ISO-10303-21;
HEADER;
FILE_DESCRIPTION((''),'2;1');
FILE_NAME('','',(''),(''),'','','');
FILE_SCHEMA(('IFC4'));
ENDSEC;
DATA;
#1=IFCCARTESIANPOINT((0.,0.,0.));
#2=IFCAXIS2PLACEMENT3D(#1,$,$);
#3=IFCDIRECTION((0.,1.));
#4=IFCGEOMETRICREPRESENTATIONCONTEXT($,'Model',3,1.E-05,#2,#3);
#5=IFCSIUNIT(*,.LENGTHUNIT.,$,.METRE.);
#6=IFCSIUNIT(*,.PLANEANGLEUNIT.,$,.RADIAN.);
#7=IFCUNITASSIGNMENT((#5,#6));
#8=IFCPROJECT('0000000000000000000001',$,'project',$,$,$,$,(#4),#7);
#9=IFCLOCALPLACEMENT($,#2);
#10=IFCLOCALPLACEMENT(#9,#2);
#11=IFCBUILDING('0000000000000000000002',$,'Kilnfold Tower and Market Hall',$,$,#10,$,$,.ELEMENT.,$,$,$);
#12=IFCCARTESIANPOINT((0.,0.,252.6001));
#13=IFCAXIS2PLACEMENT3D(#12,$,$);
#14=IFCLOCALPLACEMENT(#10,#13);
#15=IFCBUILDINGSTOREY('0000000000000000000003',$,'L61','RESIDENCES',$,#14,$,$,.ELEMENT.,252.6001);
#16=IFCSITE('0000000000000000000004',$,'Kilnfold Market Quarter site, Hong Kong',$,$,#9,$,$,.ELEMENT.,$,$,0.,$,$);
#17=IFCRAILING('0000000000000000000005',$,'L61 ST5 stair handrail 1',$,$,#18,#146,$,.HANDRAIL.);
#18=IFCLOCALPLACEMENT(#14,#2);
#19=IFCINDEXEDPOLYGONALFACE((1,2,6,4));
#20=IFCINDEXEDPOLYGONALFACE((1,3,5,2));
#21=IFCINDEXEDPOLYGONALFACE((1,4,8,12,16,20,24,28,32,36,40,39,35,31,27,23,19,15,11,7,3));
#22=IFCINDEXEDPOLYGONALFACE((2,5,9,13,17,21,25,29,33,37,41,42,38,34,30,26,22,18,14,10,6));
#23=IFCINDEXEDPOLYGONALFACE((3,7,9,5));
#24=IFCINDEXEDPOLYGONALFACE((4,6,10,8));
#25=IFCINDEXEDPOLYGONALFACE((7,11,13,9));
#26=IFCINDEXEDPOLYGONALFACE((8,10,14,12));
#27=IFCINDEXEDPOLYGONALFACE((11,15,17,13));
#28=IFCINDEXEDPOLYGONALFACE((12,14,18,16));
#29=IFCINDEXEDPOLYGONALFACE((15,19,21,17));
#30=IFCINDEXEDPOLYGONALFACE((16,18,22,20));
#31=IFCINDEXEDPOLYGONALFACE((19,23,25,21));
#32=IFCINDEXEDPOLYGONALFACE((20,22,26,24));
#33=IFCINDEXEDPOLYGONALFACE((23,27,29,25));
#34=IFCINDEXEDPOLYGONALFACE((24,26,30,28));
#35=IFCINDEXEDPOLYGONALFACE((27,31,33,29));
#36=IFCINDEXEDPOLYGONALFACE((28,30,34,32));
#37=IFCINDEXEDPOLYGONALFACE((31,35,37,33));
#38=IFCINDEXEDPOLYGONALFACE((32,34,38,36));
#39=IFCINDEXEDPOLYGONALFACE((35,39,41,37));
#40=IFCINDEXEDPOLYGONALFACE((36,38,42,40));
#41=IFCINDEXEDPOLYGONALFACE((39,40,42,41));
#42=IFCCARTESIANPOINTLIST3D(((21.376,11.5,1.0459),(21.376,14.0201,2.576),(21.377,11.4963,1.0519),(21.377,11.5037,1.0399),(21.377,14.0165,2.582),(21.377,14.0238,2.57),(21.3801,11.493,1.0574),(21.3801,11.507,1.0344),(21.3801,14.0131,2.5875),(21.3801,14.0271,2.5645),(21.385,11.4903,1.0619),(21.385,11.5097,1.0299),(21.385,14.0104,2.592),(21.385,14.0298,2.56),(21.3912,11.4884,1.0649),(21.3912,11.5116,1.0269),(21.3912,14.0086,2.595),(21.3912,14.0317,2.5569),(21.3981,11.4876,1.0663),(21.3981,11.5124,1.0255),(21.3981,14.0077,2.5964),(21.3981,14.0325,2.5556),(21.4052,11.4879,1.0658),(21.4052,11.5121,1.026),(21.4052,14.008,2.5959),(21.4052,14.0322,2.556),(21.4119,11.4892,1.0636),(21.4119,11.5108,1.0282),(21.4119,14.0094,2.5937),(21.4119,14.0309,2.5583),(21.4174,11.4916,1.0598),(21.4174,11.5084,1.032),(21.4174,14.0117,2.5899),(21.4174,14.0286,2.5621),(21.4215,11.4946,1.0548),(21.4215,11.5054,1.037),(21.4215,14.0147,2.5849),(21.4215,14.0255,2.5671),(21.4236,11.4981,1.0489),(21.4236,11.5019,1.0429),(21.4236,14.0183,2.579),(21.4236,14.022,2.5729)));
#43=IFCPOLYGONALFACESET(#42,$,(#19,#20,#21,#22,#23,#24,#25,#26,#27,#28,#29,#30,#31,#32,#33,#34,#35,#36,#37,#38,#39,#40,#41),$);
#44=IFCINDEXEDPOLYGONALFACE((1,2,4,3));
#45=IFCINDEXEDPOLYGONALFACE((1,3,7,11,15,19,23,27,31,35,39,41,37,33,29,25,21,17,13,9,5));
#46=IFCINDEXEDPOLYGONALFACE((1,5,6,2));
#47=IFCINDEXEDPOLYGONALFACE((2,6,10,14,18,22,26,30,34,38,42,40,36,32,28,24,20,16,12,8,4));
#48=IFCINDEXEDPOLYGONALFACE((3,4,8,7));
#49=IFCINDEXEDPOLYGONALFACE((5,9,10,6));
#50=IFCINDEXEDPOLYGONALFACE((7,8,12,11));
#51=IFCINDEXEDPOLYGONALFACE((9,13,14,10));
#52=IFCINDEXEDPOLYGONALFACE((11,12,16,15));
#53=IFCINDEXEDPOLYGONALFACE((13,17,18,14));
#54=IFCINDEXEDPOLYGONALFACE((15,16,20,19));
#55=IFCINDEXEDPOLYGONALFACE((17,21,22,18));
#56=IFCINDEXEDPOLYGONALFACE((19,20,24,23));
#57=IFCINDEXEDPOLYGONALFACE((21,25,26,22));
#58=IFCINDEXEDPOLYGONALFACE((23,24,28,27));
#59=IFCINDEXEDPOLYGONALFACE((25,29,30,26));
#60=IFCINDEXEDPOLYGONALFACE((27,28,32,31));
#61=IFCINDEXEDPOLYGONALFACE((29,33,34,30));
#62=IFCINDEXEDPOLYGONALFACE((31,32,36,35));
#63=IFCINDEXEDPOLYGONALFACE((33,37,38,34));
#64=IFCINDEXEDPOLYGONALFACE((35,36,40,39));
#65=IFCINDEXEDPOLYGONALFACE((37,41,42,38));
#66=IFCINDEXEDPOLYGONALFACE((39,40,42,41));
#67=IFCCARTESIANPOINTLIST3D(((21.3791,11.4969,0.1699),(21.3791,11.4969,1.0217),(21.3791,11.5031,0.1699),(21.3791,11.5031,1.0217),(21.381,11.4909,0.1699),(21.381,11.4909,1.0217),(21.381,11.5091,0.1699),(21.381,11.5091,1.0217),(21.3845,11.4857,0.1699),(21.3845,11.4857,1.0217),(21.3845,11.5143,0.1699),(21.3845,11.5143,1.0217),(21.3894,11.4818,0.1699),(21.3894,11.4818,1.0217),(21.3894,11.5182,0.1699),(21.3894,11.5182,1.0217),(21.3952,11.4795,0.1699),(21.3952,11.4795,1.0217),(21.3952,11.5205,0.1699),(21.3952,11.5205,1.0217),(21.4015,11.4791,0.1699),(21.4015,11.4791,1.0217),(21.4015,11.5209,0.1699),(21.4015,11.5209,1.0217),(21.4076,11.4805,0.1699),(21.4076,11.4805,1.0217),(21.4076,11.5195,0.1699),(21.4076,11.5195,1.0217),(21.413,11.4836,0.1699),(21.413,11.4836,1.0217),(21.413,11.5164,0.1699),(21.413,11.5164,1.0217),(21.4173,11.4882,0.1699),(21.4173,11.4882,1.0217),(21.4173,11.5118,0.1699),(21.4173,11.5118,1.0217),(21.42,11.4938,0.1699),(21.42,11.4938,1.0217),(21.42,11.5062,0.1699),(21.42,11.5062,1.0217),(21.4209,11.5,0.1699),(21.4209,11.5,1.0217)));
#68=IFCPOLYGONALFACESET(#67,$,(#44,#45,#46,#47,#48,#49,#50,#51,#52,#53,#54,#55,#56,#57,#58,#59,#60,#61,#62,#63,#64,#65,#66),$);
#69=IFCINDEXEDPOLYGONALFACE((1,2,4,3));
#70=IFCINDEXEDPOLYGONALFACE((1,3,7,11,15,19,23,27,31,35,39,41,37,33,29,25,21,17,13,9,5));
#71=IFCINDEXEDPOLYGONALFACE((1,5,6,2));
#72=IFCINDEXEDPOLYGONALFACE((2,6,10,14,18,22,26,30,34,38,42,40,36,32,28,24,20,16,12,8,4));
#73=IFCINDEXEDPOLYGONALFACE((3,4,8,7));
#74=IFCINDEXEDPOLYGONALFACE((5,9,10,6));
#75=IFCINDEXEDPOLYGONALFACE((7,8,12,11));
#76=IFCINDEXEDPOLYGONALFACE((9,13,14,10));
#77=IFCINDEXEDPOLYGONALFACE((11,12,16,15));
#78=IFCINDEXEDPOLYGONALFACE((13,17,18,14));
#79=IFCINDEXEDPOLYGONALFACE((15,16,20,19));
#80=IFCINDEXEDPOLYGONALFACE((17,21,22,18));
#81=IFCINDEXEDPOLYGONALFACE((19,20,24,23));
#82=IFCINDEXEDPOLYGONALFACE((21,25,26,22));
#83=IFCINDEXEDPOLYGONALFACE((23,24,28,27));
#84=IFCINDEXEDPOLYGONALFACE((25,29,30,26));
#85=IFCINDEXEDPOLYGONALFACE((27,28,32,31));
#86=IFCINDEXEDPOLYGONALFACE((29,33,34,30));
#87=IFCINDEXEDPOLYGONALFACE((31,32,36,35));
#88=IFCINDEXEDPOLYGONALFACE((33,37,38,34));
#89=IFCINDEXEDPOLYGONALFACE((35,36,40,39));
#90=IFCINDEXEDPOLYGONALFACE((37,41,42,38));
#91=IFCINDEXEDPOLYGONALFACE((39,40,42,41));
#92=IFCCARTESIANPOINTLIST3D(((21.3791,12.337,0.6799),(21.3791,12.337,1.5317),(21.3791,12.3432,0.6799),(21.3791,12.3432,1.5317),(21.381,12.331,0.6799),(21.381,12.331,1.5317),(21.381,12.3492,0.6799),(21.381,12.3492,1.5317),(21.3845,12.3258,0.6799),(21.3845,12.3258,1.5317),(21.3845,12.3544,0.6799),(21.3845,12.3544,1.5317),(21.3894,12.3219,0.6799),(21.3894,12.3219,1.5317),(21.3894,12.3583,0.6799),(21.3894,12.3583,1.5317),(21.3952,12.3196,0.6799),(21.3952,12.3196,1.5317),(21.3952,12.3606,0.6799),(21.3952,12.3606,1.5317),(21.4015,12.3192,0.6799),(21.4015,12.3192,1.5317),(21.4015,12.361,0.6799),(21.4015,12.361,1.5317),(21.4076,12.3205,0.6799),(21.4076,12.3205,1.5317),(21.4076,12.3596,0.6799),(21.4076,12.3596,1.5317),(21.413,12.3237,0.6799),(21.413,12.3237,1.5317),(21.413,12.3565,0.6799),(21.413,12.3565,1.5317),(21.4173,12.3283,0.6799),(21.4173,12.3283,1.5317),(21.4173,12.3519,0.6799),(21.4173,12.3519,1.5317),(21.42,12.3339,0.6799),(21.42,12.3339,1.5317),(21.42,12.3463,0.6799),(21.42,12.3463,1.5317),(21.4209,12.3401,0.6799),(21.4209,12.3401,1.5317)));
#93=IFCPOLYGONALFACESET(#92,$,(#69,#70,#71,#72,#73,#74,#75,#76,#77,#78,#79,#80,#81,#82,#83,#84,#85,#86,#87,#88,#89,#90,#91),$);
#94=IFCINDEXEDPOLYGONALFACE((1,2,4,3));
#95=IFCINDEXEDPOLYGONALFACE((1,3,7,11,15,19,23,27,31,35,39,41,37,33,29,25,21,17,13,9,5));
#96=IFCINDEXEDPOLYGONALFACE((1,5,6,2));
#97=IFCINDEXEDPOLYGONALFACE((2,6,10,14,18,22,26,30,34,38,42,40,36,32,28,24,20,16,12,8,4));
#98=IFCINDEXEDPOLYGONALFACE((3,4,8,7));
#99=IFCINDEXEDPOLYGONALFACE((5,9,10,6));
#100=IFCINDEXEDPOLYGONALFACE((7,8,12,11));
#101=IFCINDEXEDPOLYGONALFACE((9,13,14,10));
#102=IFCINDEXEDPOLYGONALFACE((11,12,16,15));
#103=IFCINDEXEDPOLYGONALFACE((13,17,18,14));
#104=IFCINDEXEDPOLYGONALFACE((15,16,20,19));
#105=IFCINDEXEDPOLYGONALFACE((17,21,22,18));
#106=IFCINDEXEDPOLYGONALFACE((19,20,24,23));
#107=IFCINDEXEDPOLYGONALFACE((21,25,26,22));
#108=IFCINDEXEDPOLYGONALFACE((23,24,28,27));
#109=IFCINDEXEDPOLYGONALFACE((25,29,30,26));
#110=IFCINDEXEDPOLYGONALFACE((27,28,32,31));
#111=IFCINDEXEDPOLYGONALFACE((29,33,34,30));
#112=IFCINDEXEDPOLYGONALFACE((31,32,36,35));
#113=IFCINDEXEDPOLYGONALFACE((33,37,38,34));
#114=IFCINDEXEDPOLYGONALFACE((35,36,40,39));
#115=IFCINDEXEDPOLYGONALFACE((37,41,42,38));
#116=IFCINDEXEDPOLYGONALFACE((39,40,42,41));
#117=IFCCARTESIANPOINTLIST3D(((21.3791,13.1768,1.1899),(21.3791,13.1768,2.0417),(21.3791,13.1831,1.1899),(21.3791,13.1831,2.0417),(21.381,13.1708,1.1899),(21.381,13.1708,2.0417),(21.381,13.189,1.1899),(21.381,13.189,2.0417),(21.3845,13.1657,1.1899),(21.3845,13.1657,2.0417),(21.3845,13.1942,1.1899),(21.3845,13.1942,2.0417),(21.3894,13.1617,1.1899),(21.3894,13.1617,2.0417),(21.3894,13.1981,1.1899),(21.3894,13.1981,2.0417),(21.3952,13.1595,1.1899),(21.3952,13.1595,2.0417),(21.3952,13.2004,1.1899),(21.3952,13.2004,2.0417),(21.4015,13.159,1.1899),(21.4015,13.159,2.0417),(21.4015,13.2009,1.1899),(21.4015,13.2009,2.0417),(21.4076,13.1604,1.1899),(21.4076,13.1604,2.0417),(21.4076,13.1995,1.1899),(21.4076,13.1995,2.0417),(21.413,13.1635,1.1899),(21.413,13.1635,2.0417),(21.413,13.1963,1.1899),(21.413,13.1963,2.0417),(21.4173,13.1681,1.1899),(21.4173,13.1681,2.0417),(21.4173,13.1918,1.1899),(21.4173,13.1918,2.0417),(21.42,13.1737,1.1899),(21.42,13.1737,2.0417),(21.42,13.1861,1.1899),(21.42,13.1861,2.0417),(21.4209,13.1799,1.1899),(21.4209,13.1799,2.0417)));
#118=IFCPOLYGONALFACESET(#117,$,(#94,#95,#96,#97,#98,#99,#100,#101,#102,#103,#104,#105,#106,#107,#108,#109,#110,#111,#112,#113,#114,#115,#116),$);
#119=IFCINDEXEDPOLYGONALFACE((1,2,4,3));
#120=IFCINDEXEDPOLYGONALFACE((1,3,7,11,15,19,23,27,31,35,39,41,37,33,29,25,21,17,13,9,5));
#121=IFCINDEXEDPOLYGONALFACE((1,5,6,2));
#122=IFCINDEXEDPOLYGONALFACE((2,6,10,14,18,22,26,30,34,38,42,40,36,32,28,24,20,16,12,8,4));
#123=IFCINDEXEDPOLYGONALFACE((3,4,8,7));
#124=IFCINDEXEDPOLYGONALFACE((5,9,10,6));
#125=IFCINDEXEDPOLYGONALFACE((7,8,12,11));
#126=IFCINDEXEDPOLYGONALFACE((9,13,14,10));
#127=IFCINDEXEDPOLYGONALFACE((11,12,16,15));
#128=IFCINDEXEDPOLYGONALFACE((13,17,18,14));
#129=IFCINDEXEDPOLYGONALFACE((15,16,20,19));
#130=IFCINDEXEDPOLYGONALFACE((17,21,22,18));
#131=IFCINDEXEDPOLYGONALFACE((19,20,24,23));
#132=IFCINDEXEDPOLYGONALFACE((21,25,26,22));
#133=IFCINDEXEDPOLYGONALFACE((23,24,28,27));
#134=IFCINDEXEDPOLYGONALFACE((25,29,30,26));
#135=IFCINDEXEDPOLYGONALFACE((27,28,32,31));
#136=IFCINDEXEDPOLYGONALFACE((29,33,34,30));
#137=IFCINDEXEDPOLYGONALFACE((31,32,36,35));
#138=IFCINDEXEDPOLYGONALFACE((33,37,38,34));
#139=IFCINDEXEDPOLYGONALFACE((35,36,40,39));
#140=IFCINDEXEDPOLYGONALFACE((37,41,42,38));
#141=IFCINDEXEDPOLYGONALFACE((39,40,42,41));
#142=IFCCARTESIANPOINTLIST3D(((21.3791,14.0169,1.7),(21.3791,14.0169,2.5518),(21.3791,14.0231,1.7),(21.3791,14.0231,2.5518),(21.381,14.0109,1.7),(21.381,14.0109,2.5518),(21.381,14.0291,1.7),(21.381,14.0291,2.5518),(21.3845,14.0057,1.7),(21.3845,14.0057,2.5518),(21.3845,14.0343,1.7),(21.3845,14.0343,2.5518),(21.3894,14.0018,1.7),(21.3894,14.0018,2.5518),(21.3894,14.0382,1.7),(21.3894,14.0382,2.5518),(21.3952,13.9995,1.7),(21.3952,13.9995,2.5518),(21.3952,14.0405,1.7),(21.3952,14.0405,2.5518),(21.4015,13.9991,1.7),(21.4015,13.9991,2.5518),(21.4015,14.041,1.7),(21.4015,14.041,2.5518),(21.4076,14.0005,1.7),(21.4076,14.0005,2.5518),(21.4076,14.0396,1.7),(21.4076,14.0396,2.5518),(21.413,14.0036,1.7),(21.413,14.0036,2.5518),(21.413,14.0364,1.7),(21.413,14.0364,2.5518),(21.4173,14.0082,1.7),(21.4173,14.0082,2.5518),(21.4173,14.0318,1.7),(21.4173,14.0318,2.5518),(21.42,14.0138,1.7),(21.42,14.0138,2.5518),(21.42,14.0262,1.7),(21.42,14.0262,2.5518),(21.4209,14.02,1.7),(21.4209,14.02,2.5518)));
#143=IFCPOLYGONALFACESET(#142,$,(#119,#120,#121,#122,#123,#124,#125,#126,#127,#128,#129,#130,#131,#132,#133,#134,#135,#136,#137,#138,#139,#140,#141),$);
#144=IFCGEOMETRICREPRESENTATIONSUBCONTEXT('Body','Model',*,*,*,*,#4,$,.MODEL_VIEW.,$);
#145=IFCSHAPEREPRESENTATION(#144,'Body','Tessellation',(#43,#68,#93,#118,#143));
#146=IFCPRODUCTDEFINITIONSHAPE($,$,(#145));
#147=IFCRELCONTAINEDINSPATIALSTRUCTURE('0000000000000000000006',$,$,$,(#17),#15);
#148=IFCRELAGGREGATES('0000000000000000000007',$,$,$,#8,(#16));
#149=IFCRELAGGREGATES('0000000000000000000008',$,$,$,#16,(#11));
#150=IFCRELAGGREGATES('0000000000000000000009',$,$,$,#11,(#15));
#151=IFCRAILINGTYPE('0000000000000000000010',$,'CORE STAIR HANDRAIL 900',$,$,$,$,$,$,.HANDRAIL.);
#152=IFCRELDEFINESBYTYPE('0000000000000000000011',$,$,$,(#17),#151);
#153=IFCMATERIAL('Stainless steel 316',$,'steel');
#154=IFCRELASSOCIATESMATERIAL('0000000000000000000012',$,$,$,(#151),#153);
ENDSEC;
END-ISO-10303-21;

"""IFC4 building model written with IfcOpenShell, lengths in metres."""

from ifc_helpers import new_model, si_unit, direction, frame, origin, origin_2d, place, context, subcontext, project, spatial, circle, extrude, material, type_object, element, save


model = new_model("IFC4")

# Units and contexts
model_context = context("Model", 3, precision=1e-05, world=origin(), true_north=direction((0.0, 1.0)))
body_context = subcontext(model_context, "Body", "Model", "MODEL_VIEW")
ifc_project = project(units=[si_unit("LENGTHUNIT", "METRE"), si_unit("PLANEANGLEUNIT", "RADIAN")], contexts=[model_context])

# Site, building, storey
site_placement = place(None, origin())
site = spatial("IfcSite", under=ifc_project, at=site_placement, Name="Kilnfold Market Quarter site, Hong Kong", CompositionType="ELEMENT", RefElevation=0.0)
building_placement = place(site_placement, origin())
building = spatial("IfcBuilding", under=site, at=building_placement, Name="Kilnfold Tower and Market Hall", CompositionType="ELEMENT")
storey_placement = place(building_placement, frame((0.0, 0.0, 252.6001)))
storey = spatial("IfcBuildingStorey", under=building, at=storey_placement, Name="L61", Description="RESIDENCES", CompositionType="ELEMENT", Elevation=252.6001)

# Railing
ifc_material_1 = material(Name="Stainless steel 316", Category="steel")
railing_type_1 = type_object("IfcRailingType", Name="CORE STAIR HANDRAIL 900", PredefinedType="HANDRAIL", material=ifc_material_1)
railing_1_placement = place(storey_placement, frame((21.3999, 11.5, 0.1699)))
element("IfcRailing", 1, at=railing_1_placement, inside=storey, type_object=railing_type_1, Name="L61 ST5 stair handrail 1", PredefinedType="HANDRAIL", context=body_context, shape_type="SweptSolid", body=[
    extrude(circle(Radius=0.0239, at=origin_2d()), frame((0.0, 0.0, 0.876), z_axis=(0.0, 0.854785, 0.518982), x_axis=(-1.0, 0.0, 0.0)), (0.0, 0.0, 1.0), 2.9482),
    extrude(circle(Radius=0.021, at=origin_2d()), origin(), (0.0, 0.0, 1.0), 0.8518),
    extrude(circle(Radius=0.021, at=origin_2d()), frame((0.0, 0.8401, 0.51)), (0.0, 0.0, 1.0), 0.8518),
    extrude(circle(Radius=0.021, at=origin_2d()), frame((0.0, 1.6799, 1.02)), (0.0, 0.0, 1.0), 0.8518),
    extrude(circle(Radius=0.021, at=origin_2d()), frame((0.0, 2.52, 1.53)), (0.0, 0.0, 1.0), 0.8518),
])

save(model, "model.ifc")
